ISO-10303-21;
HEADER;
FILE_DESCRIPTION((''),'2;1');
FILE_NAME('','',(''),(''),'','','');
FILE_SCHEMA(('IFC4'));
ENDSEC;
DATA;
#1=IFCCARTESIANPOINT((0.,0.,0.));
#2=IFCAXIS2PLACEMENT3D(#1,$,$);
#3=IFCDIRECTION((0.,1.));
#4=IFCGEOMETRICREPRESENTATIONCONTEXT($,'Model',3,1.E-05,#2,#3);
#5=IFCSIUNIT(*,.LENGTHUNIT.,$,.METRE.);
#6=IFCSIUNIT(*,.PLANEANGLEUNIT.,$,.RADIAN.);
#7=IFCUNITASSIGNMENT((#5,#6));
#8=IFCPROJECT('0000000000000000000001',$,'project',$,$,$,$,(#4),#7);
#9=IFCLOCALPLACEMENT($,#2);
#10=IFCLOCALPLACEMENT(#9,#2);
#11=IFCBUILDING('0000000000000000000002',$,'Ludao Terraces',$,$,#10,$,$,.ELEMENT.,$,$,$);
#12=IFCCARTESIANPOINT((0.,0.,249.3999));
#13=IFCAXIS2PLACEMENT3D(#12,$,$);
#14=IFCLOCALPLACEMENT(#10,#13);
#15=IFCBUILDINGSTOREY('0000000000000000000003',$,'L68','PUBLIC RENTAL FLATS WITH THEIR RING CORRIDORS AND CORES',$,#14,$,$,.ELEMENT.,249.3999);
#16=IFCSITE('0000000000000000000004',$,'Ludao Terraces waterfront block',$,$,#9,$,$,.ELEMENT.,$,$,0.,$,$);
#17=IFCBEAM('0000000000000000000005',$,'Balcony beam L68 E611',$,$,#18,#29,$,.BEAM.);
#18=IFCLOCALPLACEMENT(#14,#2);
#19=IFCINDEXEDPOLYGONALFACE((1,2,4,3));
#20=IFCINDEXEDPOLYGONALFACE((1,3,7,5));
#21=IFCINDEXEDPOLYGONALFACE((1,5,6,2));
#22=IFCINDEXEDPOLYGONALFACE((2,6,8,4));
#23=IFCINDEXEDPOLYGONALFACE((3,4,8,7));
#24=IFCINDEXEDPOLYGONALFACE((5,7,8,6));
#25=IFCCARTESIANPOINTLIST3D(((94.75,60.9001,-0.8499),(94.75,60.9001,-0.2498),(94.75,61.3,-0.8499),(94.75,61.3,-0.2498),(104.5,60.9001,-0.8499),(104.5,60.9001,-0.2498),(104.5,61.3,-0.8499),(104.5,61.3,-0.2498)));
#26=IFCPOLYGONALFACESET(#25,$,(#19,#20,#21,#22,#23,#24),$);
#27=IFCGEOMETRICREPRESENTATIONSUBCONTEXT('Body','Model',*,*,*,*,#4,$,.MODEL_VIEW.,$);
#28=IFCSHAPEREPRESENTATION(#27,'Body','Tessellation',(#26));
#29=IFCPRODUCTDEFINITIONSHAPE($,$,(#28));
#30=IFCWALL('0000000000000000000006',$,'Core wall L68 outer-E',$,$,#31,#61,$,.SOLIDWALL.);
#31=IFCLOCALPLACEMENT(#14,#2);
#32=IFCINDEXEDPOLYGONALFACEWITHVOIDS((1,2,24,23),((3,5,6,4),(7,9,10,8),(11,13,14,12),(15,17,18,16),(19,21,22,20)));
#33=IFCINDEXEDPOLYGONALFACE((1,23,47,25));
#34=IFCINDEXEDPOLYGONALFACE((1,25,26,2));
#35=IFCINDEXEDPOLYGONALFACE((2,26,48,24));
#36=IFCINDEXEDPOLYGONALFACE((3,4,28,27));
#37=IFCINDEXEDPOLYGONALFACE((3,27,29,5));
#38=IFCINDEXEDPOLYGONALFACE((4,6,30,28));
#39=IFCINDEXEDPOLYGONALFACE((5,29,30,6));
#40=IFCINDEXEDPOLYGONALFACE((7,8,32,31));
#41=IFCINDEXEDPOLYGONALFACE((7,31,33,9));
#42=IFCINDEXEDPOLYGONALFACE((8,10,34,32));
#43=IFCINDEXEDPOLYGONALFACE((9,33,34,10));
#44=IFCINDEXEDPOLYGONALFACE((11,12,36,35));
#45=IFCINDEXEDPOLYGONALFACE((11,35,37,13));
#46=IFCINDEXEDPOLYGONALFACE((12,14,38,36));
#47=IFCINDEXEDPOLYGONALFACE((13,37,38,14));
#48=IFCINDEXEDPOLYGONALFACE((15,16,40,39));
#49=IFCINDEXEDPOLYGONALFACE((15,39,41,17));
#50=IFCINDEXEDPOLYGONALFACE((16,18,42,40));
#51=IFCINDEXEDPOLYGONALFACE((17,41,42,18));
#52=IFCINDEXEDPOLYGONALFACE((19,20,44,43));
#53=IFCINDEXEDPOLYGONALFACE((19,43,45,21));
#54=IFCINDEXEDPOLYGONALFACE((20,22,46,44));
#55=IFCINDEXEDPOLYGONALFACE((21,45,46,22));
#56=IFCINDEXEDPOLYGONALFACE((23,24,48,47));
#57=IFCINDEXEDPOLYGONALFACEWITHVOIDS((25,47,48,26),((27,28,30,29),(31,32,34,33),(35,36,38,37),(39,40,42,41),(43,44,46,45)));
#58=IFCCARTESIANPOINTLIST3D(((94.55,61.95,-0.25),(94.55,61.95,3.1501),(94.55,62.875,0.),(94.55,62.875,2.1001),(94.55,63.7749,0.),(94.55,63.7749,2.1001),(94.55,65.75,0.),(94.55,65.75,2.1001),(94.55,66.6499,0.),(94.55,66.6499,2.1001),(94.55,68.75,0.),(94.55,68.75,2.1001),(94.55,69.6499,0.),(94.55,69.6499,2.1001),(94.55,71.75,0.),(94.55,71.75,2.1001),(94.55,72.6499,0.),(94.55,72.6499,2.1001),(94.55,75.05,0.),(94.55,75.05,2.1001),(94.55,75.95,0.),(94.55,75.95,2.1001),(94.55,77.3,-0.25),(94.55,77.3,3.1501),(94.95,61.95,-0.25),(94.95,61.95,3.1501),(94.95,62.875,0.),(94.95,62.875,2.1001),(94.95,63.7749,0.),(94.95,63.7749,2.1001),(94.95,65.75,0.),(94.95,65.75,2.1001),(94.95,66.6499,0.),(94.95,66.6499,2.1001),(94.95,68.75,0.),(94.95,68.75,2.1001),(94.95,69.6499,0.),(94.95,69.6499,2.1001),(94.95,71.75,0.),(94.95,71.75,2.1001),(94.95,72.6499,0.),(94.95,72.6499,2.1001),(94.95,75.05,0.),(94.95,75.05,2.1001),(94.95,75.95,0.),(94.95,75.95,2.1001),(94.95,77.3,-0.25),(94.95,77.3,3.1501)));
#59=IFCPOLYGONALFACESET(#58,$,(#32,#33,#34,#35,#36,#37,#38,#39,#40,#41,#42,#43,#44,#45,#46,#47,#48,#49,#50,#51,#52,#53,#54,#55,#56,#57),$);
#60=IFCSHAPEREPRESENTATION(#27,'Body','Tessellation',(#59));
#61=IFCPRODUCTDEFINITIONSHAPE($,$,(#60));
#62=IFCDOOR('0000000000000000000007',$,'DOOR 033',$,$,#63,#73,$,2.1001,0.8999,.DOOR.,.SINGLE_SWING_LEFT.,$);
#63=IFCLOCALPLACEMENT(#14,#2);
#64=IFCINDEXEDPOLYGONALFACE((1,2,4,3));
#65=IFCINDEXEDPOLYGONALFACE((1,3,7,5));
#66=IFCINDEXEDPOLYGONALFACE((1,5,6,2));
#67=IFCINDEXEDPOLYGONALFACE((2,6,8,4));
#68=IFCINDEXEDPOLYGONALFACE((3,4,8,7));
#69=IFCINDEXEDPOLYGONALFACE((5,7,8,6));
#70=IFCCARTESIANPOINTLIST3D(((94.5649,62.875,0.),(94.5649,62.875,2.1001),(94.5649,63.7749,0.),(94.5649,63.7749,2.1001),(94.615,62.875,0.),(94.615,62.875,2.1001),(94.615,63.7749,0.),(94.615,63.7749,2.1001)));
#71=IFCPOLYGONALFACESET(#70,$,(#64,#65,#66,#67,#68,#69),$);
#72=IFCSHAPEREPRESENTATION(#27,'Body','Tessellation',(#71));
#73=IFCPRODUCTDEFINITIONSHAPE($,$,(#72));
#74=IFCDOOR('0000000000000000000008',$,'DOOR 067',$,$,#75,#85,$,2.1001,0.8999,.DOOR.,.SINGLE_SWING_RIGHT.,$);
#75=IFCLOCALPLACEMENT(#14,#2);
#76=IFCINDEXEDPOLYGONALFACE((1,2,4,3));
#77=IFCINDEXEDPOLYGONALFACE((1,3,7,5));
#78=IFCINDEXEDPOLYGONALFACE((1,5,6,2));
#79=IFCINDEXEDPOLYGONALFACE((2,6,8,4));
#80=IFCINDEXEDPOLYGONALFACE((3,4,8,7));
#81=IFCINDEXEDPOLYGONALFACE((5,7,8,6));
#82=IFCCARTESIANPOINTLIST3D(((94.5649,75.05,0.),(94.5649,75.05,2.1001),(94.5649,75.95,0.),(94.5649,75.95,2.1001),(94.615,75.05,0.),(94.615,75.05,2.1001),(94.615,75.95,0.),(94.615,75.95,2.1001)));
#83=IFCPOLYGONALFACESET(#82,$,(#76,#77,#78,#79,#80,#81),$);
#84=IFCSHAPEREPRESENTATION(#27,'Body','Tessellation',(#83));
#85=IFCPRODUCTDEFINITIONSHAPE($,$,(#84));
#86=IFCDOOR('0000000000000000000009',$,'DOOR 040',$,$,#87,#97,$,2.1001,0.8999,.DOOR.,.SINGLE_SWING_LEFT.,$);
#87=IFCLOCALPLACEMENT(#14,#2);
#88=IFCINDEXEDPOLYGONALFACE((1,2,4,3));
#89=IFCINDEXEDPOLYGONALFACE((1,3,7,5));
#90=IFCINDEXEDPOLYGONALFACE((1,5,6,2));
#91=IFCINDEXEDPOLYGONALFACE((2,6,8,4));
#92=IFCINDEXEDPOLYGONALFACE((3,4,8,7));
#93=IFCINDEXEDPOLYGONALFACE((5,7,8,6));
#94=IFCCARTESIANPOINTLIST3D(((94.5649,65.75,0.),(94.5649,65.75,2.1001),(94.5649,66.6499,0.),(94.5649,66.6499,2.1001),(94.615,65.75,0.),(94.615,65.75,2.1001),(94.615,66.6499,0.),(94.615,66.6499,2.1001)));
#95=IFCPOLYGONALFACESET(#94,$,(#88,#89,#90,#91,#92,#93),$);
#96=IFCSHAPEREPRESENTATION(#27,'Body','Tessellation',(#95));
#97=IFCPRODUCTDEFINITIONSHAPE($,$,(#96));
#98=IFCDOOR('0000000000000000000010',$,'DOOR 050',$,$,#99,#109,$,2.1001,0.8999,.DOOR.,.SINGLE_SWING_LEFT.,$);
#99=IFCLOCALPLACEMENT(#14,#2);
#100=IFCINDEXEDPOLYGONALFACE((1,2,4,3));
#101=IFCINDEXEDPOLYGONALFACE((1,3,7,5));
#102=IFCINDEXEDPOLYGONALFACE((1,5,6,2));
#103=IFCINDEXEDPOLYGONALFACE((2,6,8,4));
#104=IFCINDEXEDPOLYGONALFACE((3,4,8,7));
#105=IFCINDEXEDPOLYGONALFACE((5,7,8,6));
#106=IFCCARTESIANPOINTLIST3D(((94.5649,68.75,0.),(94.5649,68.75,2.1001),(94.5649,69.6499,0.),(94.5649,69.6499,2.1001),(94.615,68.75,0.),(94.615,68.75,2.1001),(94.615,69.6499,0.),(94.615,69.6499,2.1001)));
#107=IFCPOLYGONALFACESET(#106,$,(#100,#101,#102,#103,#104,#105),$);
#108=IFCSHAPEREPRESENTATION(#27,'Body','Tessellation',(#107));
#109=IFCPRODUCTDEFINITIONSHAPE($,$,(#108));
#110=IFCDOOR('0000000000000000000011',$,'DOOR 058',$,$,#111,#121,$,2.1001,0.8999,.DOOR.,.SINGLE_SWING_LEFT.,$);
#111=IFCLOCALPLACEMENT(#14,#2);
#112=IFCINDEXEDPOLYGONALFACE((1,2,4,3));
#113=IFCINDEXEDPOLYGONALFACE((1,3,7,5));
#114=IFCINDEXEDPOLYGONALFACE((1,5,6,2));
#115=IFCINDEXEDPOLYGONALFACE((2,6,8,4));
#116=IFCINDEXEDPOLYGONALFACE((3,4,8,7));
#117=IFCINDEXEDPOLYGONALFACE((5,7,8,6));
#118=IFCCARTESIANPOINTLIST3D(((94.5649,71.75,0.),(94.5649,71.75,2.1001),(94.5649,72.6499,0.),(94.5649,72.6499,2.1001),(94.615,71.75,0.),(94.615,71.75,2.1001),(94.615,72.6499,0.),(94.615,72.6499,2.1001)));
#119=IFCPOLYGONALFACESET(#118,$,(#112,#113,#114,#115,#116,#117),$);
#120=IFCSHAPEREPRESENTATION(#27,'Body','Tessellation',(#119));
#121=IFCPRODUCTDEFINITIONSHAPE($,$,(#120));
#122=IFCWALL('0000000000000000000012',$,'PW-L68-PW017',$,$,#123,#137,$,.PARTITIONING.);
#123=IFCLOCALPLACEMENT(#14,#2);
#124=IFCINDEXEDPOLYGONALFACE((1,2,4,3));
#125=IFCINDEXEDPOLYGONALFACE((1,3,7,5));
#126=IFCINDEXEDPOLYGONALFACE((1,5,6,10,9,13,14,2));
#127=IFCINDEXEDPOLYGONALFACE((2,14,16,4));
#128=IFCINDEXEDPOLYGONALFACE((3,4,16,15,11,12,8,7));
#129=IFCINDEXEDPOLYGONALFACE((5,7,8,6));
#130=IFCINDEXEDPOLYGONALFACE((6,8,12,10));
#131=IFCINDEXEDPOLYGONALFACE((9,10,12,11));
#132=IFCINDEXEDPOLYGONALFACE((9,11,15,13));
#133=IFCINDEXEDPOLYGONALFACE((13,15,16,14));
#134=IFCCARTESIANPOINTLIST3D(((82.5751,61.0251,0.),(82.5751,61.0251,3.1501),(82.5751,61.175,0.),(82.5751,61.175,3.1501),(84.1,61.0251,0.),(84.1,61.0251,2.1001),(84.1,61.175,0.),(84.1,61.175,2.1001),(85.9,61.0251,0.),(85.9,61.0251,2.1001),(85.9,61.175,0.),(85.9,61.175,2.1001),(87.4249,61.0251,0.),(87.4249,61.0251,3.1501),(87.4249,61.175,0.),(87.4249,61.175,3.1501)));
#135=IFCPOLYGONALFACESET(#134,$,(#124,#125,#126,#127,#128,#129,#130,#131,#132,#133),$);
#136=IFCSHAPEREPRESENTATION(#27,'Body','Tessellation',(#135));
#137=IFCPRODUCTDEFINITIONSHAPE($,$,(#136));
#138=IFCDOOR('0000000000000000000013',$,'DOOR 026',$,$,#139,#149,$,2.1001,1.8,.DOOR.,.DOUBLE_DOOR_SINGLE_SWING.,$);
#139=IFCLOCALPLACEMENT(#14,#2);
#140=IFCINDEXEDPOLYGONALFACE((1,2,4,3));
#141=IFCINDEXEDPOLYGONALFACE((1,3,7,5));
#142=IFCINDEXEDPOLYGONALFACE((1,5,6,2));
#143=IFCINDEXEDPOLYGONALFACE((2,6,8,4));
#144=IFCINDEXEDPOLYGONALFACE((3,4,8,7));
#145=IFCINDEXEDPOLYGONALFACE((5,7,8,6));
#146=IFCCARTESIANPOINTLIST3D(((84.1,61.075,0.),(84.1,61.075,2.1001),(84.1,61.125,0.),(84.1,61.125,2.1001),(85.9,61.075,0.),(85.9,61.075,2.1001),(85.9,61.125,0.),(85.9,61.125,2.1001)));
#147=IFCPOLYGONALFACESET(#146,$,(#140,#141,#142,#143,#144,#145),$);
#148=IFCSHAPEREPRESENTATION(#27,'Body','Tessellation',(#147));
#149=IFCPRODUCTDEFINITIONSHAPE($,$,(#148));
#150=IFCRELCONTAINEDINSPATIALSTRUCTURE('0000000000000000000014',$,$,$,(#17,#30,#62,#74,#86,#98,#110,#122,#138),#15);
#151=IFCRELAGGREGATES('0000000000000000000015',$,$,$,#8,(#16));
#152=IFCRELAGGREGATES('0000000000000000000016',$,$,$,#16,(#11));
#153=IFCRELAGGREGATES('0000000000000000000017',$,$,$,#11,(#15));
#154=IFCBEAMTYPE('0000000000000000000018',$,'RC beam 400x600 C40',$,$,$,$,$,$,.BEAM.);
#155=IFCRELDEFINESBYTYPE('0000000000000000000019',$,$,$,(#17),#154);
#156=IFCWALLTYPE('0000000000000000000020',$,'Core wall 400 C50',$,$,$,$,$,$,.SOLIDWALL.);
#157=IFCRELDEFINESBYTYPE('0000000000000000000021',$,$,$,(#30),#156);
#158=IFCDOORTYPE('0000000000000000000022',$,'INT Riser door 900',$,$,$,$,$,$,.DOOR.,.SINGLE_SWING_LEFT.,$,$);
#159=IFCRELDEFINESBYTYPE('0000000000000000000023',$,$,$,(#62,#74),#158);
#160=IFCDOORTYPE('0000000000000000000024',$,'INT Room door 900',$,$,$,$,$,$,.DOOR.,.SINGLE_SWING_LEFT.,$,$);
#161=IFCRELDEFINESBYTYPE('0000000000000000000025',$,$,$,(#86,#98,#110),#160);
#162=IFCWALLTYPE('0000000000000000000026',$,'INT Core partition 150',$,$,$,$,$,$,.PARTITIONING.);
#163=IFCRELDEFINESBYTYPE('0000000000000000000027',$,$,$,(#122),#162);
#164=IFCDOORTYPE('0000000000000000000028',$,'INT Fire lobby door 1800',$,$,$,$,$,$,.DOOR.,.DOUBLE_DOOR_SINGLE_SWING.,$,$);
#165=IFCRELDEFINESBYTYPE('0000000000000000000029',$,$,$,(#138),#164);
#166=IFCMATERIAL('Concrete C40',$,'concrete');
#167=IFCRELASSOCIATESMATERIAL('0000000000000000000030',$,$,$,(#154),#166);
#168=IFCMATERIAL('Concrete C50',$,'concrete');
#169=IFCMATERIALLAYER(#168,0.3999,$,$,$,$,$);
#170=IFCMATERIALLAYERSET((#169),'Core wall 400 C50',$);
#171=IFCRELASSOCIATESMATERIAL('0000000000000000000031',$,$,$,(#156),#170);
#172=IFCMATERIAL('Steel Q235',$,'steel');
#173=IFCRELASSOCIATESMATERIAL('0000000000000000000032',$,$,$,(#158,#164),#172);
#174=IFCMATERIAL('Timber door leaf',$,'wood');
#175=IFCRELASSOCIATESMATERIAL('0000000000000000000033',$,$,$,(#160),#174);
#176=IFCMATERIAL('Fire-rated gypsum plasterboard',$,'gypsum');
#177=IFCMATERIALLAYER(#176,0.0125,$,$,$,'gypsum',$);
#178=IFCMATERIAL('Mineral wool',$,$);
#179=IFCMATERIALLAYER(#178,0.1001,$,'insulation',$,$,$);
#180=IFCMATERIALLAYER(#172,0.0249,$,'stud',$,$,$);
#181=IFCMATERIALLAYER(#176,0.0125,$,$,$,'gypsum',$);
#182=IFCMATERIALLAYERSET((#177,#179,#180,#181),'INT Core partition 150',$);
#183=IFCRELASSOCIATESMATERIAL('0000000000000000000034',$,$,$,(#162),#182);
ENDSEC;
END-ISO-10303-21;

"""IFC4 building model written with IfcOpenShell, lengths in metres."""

from ifc_helpers import new_model, si_unit, direction, frame, frame_2d, origin, origin_2d, place, context, subcontext, project, spatial, rectangle, extrude, material, layer, layer_set, material_profile, profile_set, type_object, element, fill, save


model = new_model("IFC4")

# Units and contexts
model_context = context("Model", 3, precision=1e-05, world=origin(), true_north=direction((0.0, 1.0)))
body_context = subcontext(model_context, "Body", "Model", "MODEL_VIEW")
ifc_project = project(units=[si_unit("LENGTHUNIT", "METRE"), si_unit("PLANEANGLEUNIT", "RADIAN")], contexts=[model_context])

# Site, building, storey
site_placement = place(None, origin())
site = spatial("IfcSite", under=ifc_project, at=site_placement, Name="Ludao Terraces waterfront block", CompositionType="ELEMENT", RefElevation=0.0)
building_placement = place(site_placement, origin())
building = spatial("IfcBuilding", under=site, at=building_placement, Name="Ludao Terraces", CompositionType="ELEMENT")
storey_placement = place(building_placement, frame((0.0, 0.0, 249.3999)))
storey = spatial("IfcBuildingStorey", under=building, at=storey_placement, Name="L68", Description="PUBLIC RENTAL FLATS WITH THEIR RING CORRIDORS AND CORES", CompositionType="ELEMENT", Elevation=249.3999)

# Beam
ifc_material_1 = material(Name="Concrete C40", Category="concrete")
ifc_material_profile = material_profile(ifc_material_1, rectangle(XDim=0.3999, YDim=0.6001, at=origin_2d()), Name="400 X 600")
ifc_profile_set = profile_set([ifc_material_profile], Name="Concrete C40")
beam_type = type_object("IfcBeamType", Name="RC beam 400x600 C40", PredefinedType="BEAM", material=ifc_profile_set)
beam_placement = place(storey_placement, frame((94.75, 61.1001, -0.5498), z_axis=(1.0, 0.0, 0.0), x_axis=(0.0, 1.0, 0.0)))
element("IfcBeam", 1, at=beam_placement, inside=storey, type_object=beam_type, Name="Balcony beam L68 E611", PredefinedType="BEAM", context=body_context, shape_type="SweptSolid", body=[
    extrude(rectangle(XDim=0.3999, YDim=0.6001, at=origin_2d()), origin(), (0.0, 0.0, 1.0), 9.75),
])

# Wall, openings, doors
ifc_material_2 = material(Name="Concrete C50", Category="concrete")
ifc_layer_1 = layer(ifc_material_2, 0.3999)
ifc_layer_set_1 = layer_set([ifc_layer_1], Name="Core wall 400 C50")
wall_type_1 = type_object("IfcWallType", Name="Core wall 400 C50", PredefinedType="SOLIDWALL", material=ifc_layer_set_1)
wall_1_placement = place(storey_placement, frame((94.75, 61.95, -0.25), z_axis=(0.0, 0.0, 1.0), x_axis=(0.0, 1.0, 0.0)))
wall_1 = element("IfcWall", 2, at=wall_1_placement, inside=storey, type_object=wall_type_1, Name="Core wall L68 outer-E", PredefinedType="SOLIDWALL", context=body_context, shape_type="SweptSolid", body=[
    extrude(rectangle(XDim=15.3501, YDim=0.3999, at=frame_2d((7.675, 0.0))), origin(), (0.0, 0.0, 1.0), 3.4001),
])
opening_1_placement = place(wall_1_placement, frame((0.925, 0.0, 0.25)))
opening_1 = element("IfcOpeningElement", 3, at=opening_1_placement, cuts=wall_1, PredefinedType="OPENING", context=body_context, shape_type="SweptSolid", body=[
    extrude(rectangle(XDim=0.8999, YDim=2.1001, at=frame_2d((0.45, 1.05))), frame((0.0, 0.21, 0.0), z_axis=(0.0, -1.0, 0.0), x_axis=(1.0, 0.0, 0.0)), (0.0, 0.0, 1.0), 0.4199),
])
opening_2_placement = place(wall_1_placement, frame((3.8, 0.0, 0.25)))
opening_2 = element("IfcOpeningElement", 4, at=opening_2_placement, cuts=wall_1, PredefinedType="OPENING", context=body_context, shape_type="SweptSolid", body=[
    extrude(rectangle(XDim=0.8999, YDim=2.1001, at=frame_2d((0.45, 1.05))), frame((0.0, 0.21, 0.0), z_axis=(0.0, -1.0, 0.0), x_axis=(1.0, 0.0, 0.0)), (0.0, 0.0, 1.0), 0.4199),
])
opening_3_placement = place(wall_1_placement, frame((6.8, 0.0, 0.25)))
opening_3 = element("IfcOpeningElement", 5, at=opening_3_placement, cuts=wall_1, PredefinedType="OPENING", context=body_context, shape_type="SweptSolid", body=[
    extrude(rectangle(XDim=0.8999, YDim=2.1001, at=frame_2d((0.45, 1.05))), frame((0.0, 0.21, 0.0), z_axis=(0.0, -1.0, 0.0), x_axis=(1.0, 0.0, 0.0)), (0.0, 0.0, 1.0), 0.4199),
])
opening_4_placement = place(wall_1_placement, frame((9.8, 0.0, 0.25)))
opening_4 = element("IfcOpeningElement", 6, at=opening_4_placement, cuts=wall_1, PredefinedType="OPENING", context=body_context, shape_type="SweptSolid", body=[
    extrude(rectangle(XDim=0.8999, YDim=2.1001, at=frame_2d((0.45, 1.05))), frame((0.0, 0.21, 0.0), z_axis=(0.0, -1.0, 0.0), x_axis=(1.0, 0.0, 0.0)), (0.0, 0.0, 1.0), 0.4199),
])
opening_5_placement = place(wall_1_placement, frame((13.1001, 0.0, 0.25)))
opening_5 = element("IfcOpeningElement", 7, at=opening_5_placement, cuts=wall_1, PredefinedType="OPENING", context=body_context, shape_type="SweptSolid", body=[
    extrude(rectangle(XDim=0.8999, YDim=2.1001, at=frame_2d((0.45, 1.05))), frame((0.0, 0.21, 0.0), z_axis=(0.0, -1.0, 0.0), x_axis=(1.0, 0.0, 0.0)), (0.0, 0.0, 1.0), 0.4199),
])
ifc_material_3 = material(Name="Steel Q235", Category="steel")
door_type_1 = type_object("IfcDoorType", Name="INT Riser door 900", OperationType="SINGLE_SWING_LEFT", PredefinedType="DOOR", material=ifc_material_3)
door_1_placement = place(opening_1_placement, origin())
door_1 = element("IfcDoor", 8, at=door_1_placement, inside=storey, type_object=door_type_1, Name="DOOR 033", OperationType="SINGLE_SWING_LEFT", OverallHeight=2.1001, OverallWidth=0.8999, PredefinedType="DOOR", context=body_context, shape_type="SweptSolid", body=[
    extrude(rectangle(XDim=0.8999, YDim=2.1001, at=frame_2d((0.45, 1.05))), frame((0.0, 0.1851, 0.0), z_axis=(0.0, -1.0, 0.0), x_axis=(1.0, 0.0, 0.0)), (0.0, 0.0, 1.0), 0.05),
])
fill(opening_1, door_1)
door_2_placement = place(opening_5_placement, origin())
door_2 = element("IfcDoor", 9, at=door_2_placement, inside=storey, type_object=door_type_1, Name="DOOR 067", OperationType="SINGLE_SWING_RIGHT", OverallHeight=2.1001, OverallWidth=0.8999, PredefinedType="DOOR", context=body_context, shape_type="SweptSolid", body=[
    extrude(rectangle(XDim=0.8999, YDim=2.1001, at=frame_2d((0.45, 1.05))), frame((0.0, 0.1851, 0.0), z_axis=(0.0, -1.0, 0.0), x_axis=(1.0, 0.0, 0.0)), (0.0, 0.0, 1.0), 0.05),
])
fill(opening_5, door_2)
ifc_material_4 = material(Name="Timber door leaf", Category="wood")
door_type_2 = type_object("IfcDoorType", Name="INT Room door 900", OperationType="SINGLE_SWING_LEFT", PredefinedType="DOOR", material=ifc_material_4)
door_3_placement = place(opening_2_placement, origin())
door_3 = element("IfcDoor", 10, at=door_3_placement, inside=storey, type_object=door_type_2, Name="DOOR 040", OperationType="SINGLE_SWING_LEFT", OverallHeight=2.1001, OverallWidth=0.8999, PredefinedType="DOOR", context=body_context, shape_type="SweptSolid", body=[
    extrude(rectangle(XDim=0.8999, YDim=2.1001, at=frame_2d((0.45, 1.05))), frame((0.0, 0.1851, 0.0), z_axis=(0.0, -1.0, 0.0), x_axis=(1.0, 0.0, 0.0)), (0.0, 0.0, 1.0), 0.05),
])
fill(opening_2, door_3)
door_4_placement = place(opening_3_placement, origin())
door_4 = element("IfcDoor", 11, at=door_4_placement, inside=storey, type_object=door_type_2, Name="DOOR 050", OperationType="SINGLE_SWING_LEFT", OverallHeight=2.1001, OverallWidth=0.8999, PredefinedType="DOOR", context=body_context, shape_type="SweptSolid", body=[
    extrude(rectangle(XDim=0.8999, YDim=2.1001, at=frame_2d((0.45, 1.05))), frame((0.0, 0.1851, 0.0), z_axis=(0.0, -1.0, 0.0), x_axis=(1.0, 0.0, 0.0)), (0.0, 0.0, 1.0), 0.05),
])
fill(opening_3, door_4)
door_5_placement = place(opening_4_placement, origin())
door_5 = element("IfcDoor", 12, at=door_5_placement, inside=storey, type_object=door_type_2, Name="DOOR 058", OperationType="SINGLE_SWING_LEFT", OverallHeight=2.1001, OverallWidth=0.8999, PredefinedType="DOOR", context=body_context, shape_type="SweptSolid", body=[
    extrude(rectangle(XDim=0.8999, YDim=2.1001, at=frame_2d((0.45, 1.05))), frame((0.0, 0.1851, 0.0), z_axis=(0.0, -1.0, 0.0), x_axis=(1.0, 0.0, 0.0)), (0.0, 0.0, 1.0), 0.05),
])
fill(opening_4, door_5)

# Wall, opening, door
ifc_material_5 = material(Name="Fire-rated gypsum plasterboard", Category="gypsum")
ifc_layer_2 = layer(ifc_material_5, 0.0125, Category="gypsum")
ifc_material_6 = material(Name="Mineral wool")
ifc_layer_3 = layer(ifc_material_6, 0.1001, Name="insulation")
ifc_layer_4 = layer(ifc_material_3, 0.0249, Name="stud")
ifc_layer_5 = layer(ifc_material_5, 0.0125, Category="gypsum")
ifc_layer_set_2 = layer_set([ifc_layer_2, ifc_layer_3, ifc_layer_4, ifc_layer_5], Name="INT Core partition 150")
wall_type_2 = type_object("IfcWallType", Name="INT Core partition 150", PredefinedType="PARTITIONING", material=ifc_layer_set_2)
wall_2_placement = place(storey_placement, frame((82.5752, 61.1001, 0.0), z_axis=(0.0, 0.0, 1.0), x_axis=(1.0, 0.0, 0.0)))
wall_2 = element("IfcWall", 13, at=wall_2_placement, inside=storey, type_object=wall_type_2, Name="PW-L68-PW017", PredefinedType="PARTITIONING", context=body_context, shape_type="SweptSolid", body=[
    extrude(rectangle(XDim=4.8499, YDim=0.1499, at=frame_2d((2.4248, 0.0))), origin(), (0.0, 0.0, 1.0), 3.1501),
])
opening_6_placement = place(wall_2_placement, frame((1.5249, 0.0, 0.0)))
opening_6 = element("IfcOpeningElement", 14, at=opening_6_placement, cuts=wall_2, PredefinedType="OPENING", context=body_context, shape_type="SweptSolid", body=[
    extrude(rectangle(XDim=1.8, YDim=2.1001, at=frame_2d((0.8999, 1.05))), frame((0.0, 0.085, 0.0), z_axis=(0.0, -1.0, 0.0), x_axis=(1.0, 0.0, 0.0)), (0.0, 0.0, 1.0), 0.1699),
])
door_type_3 = type_object("IfcDoorType", Name="INT Fire lobby door 1800", OperationType="DOUBLE_DOOR_SINGLE_SWING", PredefinedType="DOOR", material=ifc_material_3)
door_6_placement = place(opening_6_placement, origin())
door_6 = element("IfcDoor", 15, at=door_6_placement, inside=storey, type_object=door_type_3, Name="DOOR 026", OperationType="DOUBLE_DOOR_SINGLE_SWING", OverallHeight=2.1001, OverallWidth=1.8, PredefinedType="DOOR", context=body_context, shape_type="SweptSolid", body=[
    extrude(rectangle(XDim=1.8, YDim=2.1001, at=frame_2d((0.8999, 1.05))), frame((0.0, 0.0249, 0.0), z_axis=(0.0, -1.0, 0.0), x_axis=(1.0, 0.0, 0.0)), (0.0, 0.0, 1.0), 0.05),
])
fill(opening_6, door_6)

save(model, "model.ifc")
